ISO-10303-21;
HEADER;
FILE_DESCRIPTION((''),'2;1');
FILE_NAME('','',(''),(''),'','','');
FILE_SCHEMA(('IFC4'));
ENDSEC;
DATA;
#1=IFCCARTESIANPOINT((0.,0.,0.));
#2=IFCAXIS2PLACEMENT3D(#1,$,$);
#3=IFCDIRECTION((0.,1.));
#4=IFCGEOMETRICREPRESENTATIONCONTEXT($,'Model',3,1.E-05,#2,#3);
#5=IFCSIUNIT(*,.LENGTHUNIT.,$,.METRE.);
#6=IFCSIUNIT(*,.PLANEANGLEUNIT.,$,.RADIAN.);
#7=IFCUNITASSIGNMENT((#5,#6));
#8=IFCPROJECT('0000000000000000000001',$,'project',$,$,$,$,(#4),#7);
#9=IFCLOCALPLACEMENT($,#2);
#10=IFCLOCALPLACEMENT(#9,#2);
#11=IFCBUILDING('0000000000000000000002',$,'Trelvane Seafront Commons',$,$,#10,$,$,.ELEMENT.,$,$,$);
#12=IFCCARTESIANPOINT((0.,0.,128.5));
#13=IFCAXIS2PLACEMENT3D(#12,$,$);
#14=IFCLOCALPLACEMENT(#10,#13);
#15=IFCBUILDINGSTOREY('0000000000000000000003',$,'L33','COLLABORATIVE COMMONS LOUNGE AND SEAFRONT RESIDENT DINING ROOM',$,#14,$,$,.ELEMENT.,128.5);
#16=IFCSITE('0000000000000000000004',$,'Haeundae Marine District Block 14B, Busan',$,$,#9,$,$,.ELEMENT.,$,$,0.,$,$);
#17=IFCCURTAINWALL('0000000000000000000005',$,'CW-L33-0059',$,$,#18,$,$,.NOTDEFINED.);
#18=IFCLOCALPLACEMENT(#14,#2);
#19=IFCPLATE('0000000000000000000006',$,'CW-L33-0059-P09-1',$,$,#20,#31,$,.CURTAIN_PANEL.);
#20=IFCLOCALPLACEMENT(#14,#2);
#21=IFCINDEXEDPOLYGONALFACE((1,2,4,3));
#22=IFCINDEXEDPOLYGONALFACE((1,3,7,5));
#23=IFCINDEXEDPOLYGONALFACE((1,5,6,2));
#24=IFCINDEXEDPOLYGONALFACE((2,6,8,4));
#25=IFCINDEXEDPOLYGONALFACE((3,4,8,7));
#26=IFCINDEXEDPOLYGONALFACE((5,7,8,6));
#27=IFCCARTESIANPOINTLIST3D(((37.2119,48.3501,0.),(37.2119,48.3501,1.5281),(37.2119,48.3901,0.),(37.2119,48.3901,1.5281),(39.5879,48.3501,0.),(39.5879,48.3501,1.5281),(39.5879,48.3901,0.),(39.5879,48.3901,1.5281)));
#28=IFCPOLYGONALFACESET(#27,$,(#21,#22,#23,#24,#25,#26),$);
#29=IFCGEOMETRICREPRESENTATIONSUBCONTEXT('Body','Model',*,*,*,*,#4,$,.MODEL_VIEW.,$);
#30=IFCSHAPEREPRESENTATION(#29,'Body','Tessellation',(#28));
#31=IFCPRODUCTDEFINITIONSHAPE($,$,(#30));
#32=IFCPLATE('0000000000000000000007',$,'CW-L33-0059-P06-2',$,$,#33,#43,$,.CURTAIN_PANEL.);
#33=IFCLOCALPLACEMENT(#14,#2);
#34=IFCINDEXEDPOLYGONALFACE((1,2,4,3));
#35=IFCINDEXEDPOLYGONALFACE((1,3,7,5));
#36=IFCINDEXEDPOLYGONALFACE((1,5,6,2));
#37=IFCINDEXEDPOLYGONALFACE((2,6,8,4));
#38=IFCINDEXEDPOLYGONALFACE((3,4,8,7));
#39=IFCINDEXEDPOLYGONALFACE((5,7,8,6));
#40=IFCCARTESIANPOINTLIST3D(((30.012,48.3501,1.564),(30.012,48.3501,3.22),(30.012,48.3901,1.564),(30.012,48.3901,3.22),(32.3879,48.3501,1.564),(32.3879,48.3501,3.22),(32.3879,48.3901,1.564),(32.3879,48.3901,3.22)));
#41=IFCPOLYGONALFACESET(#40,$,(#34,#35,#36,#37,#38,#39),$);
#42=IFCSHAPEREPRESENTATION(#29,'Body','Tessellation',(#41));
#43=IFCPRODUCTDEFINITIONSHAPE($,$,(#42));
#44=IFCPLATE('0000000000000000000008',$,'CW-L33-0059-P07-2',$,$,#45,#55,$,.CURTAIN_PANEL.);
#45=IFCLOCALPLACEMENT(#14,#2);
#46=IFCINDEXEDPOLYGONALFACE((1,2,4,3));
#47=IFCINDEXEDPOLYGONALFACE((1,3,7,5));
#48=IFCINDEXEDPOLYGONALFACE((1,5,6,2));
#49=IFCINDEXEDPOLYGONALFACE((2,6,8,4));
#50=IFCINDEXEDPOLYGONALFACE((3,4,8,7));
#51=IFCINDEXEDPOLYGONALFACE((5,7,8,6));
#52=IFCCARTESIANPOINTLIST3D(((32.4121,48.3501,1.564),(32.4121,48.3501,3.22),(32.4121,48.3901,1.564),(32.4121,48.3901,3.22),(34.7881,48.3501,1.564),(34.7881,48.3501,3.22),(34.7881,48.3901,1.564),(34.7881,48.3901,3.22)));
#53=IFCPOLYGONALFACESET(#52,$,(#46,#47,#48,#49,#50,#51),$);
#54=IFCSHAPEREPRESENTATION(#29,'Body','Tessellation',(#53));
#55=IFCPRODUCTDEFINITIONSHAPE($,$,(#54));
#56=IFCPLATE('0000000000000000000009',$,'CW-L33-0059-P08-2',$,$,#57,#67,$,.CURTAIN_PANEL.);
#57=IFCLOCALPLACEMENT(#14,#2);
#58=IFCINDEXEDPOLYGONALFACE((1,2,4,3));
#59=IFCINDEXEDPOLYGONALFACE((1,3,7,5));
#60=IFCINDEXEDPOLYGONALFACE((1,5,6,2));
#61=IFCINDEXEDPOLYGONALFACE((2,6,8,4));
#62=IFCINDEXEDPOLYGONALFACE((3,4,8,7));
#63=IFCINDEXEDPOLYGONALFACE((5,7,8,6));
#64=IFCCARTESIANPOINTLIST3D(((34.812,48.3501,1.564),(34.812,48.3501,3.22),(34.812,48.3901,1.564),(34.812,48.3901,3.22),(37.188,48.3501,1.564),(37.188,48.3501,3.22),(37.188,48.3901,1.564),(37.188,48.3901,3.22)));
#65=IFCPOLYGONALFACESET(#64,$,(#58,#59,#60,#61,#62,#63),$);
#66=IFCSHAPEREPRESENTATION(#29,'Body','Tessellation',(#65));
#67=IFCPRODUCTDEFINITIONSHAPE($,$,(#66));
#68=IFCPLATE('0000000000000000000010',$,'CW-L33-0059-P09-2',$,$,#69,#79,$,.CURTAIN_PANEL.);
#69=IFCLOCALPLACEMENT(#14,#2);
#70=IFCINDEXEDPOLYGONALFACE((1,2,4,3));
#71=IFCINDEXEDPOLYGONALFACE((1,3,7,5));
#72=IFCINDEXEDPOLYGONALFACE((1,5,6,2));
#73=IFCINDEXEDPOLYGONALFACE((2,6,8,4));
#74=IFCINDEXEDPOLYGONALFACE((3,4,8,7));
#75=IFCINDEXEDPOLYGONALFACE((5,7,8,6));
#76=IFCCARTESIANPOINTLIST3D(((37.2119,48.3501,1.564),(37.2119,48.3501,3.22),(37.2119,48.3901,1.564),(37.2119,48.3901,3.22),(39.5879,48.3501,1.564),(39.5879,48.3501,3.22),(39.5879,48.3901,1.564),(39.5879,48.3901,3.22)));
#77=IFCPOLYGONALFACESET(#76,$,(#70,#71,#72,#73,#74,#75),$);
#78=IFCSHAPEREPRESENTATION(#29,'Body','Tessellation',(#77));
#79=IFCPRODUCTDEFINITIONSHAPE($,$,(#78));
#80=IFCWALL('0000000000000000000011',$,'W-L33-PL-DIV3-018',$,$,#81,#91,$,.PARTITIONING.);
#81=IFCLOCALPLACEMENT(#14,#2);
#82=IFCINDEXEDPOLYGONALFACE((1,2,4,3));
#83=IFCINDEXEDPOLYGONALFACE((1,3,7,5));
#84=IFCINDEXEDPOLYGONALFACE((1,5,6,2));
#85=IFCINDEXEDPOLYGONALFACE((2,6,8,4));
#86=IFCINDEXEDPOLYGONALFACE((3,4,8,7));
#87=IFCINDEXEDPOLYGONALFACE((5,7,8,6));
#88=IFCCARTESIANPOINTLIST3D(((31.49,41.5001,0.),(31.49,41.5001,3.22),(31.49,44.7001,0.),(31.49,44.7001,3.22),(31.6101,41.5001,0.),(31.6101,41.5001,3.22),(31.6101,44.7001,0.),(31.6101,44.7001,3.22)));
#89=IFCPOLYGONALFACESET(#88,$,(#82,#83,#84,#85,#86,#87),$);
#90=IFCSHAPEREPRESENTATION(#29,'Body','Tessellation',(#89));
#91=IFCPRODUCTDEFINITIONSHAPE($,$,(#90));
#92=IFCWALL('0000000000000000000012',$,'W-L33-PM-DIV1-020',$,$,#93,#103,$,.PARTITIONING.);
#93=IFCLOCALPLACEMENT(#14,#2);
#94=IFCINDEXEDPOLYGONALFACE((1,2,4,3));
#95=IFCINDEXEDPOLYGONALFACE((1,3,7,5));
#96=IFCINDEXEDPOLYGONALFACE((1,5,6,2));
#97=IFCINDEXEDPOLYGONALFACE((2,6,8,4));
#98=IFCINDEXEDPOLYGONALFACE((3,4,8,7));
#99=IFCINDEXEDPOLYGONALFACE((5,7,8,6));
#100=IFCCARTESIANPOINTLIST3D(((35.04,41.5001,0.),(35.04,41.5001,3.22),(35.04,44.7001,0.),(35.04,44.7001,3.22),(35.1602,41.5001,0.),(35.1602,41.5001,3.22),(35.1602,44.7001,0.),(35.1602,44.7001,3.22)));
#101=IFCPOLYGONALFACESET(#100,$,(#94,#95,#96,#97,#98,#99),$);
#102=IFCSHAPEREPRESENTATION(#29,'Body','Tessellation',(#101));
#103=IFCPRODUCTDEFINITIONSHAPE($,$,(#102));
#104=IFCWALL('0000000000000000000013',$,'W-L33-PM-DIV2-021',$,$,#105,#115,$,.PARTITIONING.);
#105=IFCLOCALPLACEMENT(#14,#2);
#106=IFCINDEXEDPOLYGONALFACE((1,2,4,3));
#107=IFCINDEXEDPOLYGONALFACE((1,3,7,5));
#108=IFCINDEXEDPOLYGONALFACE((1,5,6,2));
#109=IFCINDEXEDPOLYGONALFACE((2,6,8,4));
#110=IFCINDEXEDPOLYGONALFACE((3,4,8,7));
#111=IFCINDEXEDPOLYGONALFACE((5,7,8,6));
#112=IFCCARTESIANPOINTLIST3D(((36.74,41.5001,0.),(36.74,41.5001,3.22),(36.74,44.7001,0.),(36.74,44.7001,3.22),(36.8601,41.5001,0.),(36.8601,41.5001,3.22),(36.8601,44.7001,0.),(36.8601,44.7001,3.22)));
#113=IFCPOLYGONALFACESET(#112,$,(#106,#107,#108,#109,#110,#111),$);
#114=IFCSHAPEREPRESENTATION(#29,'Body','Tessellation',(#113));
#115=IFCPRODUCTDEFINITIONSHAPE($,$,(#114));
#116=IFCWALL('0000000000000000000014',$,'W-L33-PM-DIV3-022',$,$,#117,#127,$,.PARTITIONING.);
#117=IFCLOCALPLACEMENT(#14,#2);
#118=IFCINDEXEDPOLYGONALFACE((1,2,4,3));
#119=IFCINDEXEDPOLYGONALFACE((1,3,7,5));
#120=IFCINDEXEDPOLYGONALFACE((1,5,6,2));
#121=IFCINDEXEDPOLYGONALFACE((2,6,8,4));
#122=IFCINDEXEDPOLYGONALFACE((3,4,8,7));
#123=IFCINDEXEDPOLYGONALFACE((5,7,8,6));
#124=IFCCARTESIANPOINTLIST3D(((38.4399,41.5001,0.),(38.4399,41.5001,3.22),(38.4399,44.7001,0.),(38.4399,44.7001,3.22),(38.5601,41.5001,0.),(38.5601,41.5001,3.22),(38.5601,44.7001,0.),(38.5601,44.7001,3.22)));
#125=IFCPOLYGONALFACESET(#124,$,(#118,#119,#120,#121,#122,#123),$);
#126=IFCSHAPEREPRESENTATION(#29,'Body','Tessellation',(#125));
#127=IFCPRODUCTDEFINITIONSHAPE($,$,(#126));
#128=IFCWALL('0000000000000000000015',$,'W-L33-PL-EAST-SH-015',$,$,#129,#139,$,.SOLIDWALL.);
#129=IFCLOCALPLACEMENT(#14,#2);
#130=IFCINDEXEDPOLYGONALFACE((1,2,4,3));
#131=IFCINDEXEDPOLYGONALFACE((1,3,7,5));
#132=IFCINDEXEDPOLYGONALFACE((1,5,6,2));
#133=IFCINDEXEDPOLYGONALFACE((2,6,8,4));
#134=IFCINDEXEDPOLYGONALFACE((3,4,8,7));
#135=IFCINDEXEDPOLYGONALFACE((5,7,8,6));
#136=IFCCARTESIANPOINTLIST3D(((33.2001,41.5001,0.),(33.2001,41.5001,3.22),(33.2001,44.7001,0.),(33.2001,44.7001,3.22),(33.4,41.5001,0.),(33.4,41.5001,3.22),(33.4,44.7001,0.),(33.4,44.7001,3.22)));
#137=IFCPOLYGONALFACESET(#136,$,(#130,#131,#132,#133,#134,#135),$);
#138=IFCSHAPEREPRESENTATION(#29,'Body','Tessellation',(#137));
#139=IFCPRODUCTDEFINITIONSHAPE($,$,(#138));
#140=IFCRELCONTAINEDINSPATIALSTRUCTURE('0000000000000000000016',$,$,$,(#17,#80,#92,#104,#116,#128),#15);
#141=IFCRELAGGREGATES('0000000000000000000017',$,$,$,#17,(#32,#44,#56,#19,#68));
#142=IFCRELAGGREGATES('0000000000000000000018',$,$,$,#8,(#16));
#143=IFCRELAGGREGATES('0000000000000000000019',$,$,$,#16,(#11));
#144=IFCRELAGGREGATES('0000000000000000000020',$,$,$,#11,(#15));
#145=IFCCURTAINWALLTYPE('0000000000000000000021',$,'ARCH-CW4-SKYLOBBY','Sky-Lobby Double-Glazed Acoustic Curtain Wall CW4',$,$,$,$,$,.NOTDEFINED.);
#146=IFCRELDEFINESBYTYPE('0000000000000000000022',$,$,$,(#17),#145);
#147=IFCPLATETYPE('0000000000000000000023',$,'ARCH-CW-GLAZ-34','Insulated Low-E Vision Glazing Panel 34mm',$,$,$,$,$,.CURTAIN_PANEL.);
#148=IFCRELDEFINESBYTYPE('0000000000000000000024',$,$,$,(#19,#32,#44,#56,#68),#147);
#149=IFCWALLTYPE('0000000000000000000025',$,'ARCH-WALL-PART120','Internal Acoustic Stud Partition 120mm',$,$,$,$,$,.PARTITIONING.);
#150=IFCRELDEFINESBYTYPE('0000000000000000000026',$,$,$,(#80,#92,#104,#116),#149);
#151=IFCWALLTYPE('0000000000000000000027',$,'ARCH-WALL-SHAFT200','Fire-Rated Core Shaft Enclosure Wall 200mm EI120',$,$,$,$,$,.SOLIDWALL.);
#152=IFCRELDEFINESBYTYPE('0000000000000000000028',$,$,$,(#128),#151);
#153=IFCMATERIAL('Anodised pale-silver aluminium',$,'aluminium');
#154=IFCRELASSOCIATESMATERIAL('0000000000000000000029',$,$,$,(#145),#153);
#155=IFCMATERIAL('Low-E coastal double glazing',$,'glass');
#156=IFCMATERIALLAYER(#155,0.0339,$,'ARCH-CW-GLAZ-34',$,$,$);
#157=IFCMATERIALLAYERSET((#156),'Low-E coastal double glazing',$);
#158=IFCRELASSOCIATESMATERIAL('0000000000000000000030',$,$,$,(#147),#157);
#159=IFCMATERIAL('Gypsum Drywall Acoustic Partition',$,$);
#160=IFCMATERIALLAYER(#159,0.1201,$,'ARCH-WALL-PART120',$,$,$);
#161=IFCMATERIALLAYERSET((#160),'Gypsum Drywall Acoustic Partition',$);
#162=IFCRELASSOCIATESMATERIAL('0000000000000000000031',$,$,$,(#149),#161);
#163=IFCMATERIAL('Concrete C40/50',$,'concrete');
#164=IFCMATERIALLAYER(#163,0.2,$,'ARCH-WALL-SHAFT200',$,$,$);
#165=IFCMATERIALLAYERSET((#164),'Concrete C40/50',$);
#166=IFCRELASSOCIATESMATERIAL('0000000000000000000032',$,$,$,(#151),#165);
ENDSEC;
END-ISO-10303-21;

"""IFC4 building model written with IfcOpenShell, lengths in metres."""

from ifc_helpers import new_model, si_unit, direction, frame, frame_2d, origin, origin_2d, place, context, subcontext, project, spatial, rectangle, extrude, source, transform, mapped, material, layer, layer_set, type_object, element, aggregate, save


model = new_model("IFC4")

# Units and contexts
model_context = context("Model", 3, precision=1e-05, world=origin(), true_north=direction((0.0, 1.0)))
body_context = subcontext(model_context, "Body", "Model", "MODEL_VIEW")
ifc_project = project(units=[si_unit("LENGTHUNIT", "METRE"), si_unit("PLANEANGLEUNIT", "RADIAN")], contexts=[model_context])

# Site, building, storey
site_placement = place(None, origin())
site = spatial("IfcSite", under=ifc_project, at=site_placement, Name="Haeundae Marine District Block 14B, Busan", CompositionType="ELEMENT", RefElevation=0.0)
building_placement = place(site_placement, origin())
building = spatial("IfcBuilding", under=site, at=building_placement, Name="Trelvane Seafront Commons", CompositionType="ELEMENT")
storey_placement = place(building_placement, frame((0.0, 0.0, 128.5)))
storey = spatial("IfcBuildingStorey", under=building, at=storey_placement, Name="L33", Description="COLLABORATIVE COMMONS LOUNGE AND SEAFRONT RESIDENT DINING ROOM", CompositionType="ELEMENT", Elevation=128.5)

# Curtain wall
ifc_material_1 = material(Name="Anodised pale-silver aluminium", Category="aluminium")
curtain_wall_type = type_object("IfcCurtainWallType", Name="ARCH-CW4-SKYLOBBY", Description="Sky-Lobby Double-Glazed Acoustic Curtain Wall CW4", PredefinedType="NOTDEFINED", material=ifc_material_1)
curtain_wall_placement = place(storey_placement, origin())
curtain_wall = element("IfcCurtainWall", 1, at=curtain_wall_placement, inside=storey, type_object=curtain_wall_type, Name="CW-L33-0059", PredefinedType="NOTDEFINED")

# Plates
ifc_material_2 = material(Name="Low-E coastal double glazing", Category="glass")
ifc_layer_1 = layer(ifc_material_2, 0.0339, Name="ARCH-CW-GLAZ-34")
ifc_layer_set_1 = layer_set([ifc_layer_1], Name="Low-E coastal double glazing")
plate_type_1 = type_object("IfcPlateType", Name="ARCH-CW-GLAZ-34", Description="Insulated Low-E Vision Glazing Panel 34mm", PredefinedType="CURTAIN_PANEL", material=ifc_layer_set_1)
shared_shape_1 = source(origin(), body_context, "Body", "SweptSolid", [
    extrude(rectangle(XDim=2.376, YDim=0.04, at=origin_2d()), origin(), (0.0, 0.0, 1.0), 1.5281),
])
plate_1_placement = place(storey_placement, frame((38.3999, 48.3701, 0.0), z_axis=(0.0, 0.0, 1.0), x_axis=(1.0, 0.0, 0.0)))
plate_1 = element("IfcPlate", 2, at=plate_1_placement, type_object=plate_type_1, Name="CW-L33-0059-P09-1", PredefinedType="CURTAIN_PANEL", context=body_context, shape_type="MappedRepresentation", body=[
    mapped(shared_shape_1, transform((0.0, 0.0, 0.0), x_axis=(1.0, 0.0, 0.0), y_axis=(0.0, 1.0, 0.0), z_axis=(0.0, 0.0, 1.0), scale=1.0)),
])
shared_shape_2 = source(origin(), body_context, "Body", "SweptSolid", [
    extrude(rectangle(XDim=2.376, YDim=0.04, at=origin_2d()), origin(), (0.0, 0.0, 1.0), 1.656),
])
plate_2_placement = place(storey_placement, frame((31.2, 48.3701, 1.564), z_axis=(0.0, 0.0, 1.0), x_axis=(1.0, 0.0, 0.0)))
plate_2 = element("IfcPlate", 3, at=plate_2_placement, type_object=plate_type_1, Name="CW-L33-0059-P06-2", PredefinedType="CURTAIN_PANEL", context=body_context, shape_type="MappedRepresentation", body=[
    mapped(shared_shape_2, transform((0.0, 0.0, 0.0), x_axis=(1.0, 0.0, 0.0), y_axis=(0.0, 1.0, 0.0), z_axis=(0.0, 0.0, 1.0), scale=1.0)),
])
plate_3_placement = place(storey_placement, frame((33.6001, 48.3701, 1.564), z_axis=(0.0, 0.0, 1.0), x_axis=(1.0, 0.0, 0.0)))
plate_3 = element("IfcPlate", 4, at=plate_3_placement, type_object=plate_type_1, Name="CW-L33-0059-P07-2", PredefinedType="CURTAIN_PANEL", context=body_context, shape_type="MappedRepresentation", body=[
    mapped(shared_shape_2, transform((0.0, 0.0, 0.0), x_axis=(1.0, 0.0, 0.0), y_axis=(0.0, 1.0, 0.0), z_axis=(0.0, 0.0, 1.0), scale=1.0)),
])
plate_4_placement = place(storey_placement, frame((36.0, 48.3701, 1.564), z_axis=(0.0, 0.0, 1.0), x_axis=(1.0, 0.0, 0.0)))
plate_4 = element("IfcPlate", 5, at=plate_4_placement, type_object=plate_type_1, Name="CW-L33-0059-P08-2", PredefinedType="CURTAIN_PANEL", context=body_context, shape_type="MappedRepresentation", body=[
    mapped(shared_shape_2, transform((0.0, 0.0, 0.0), x_axis=(1.0, 0.0, 0.0), y_axis=(0.0, 1.0, 0.0), z_axis=(0.0, 0.0, 1.0), scale=1.0)),
])
plate_5_placement = place(storey_placement, frame((38.3999, 48.3701, 1.564), z_axis=(0.0, 0.0, 1.0), x_axis=(1.0, 0.0, 0.0)))
plate_5 = element("IfcPlate", 6, at=plate_5_placement, type_object=plate_type_1, Name="CW-L33-0059-P09-2", PredefinedType="CURTAIN_PANEL", context=body_context, shape_type="MappedRepresentation", body=[
    mapped(shared_shape_2, transform((0.0, 0.0, 0.0), x_axis=(1.0, 0.0, 0.0), y_axis=(0.0, 1.0, 0.0), z_axis=(0.0, 0.0, 1.0), scale=1.0)),
])
aggregate(curtain_wall, [plate_2, plate_3, plate_4, plate_1, plate_5])

# Walls
ifc_material_3 = material(Name="Gypsum Drywall Acoustic Partition")
ifc_layer_2 = layer(ifc_material_3, 0.1201, Name="ARCH-WALL-PART120")
ifc_layer_set_2 = layer_set([ifc_layer_2], Name="Gypsum Drywall Acoustic Partition")
wall_type_1 = type_object("IfcWallType", Name="ARCH-WALL-PART120", Description="Internal Acoustic Stud Partition 120mm", PredefinedType="PARTITIONING", material=ifc_layer_set_2)
for number, where, z_axis, x_axis, name in (
    (7, (31.55, 41.5, 0.0), (0.0, 0.0, 1.0), (0.0, 1.0, 0.0), "W-L33-PL-DIV3-018"),
    (8, (35.1001, 41.5, 0.0), (0.0, 0.0, 1.0), (0.0, 1.0, 0.0), "W-L33-PM-DIV1-020"),
    (9, (36.8, 41.5, 0.0), (0.0, 0.0, 1.0), (0.0, 1.0, 0.0), "W-L33-PM-DIV2-021"),
    (10, (38.5, 41.5, 0.0), (0.0, 0.0, 1.0), (0.0, 1.0, 0.0), "W-L33-PM-DIV3-022"),
):
    element("IfcWall", number, at=place(storey_placement, frame(where, z_axis=z_axis, x_axis=x_axis)), inside=storey, type_object=wall_type_1, Name=name, PredefinedType="PARTITIONING", context=body_context, shape_type="SweptSolid", body=[
        extrude(rectangle(XDim=3.2, YDim=0.1201, at=frame_2d((1.6001, 0.0))), origin(), (0.0, 0.0, 1.0), 3.22),
    ])

# Wall
ifc_material_4 = material(Name="Concrete C40/50", Category="concrete")
ifc_layer_3 = layer(ifc_material_4, 0.2, Name="ARCH-WALL-SHAFT200")
ifc_layer_set_3 = layer_set([ifc_layer_3], Name="Concrete C40/50")
wall_type_2 = type_object("IfcWallType", Name="ARCH-WALL-SHAFT200", Description="Fire-Rated Core Shaft Enclosure Wall 200mm EI120", PredefinedType="SOLIDWALL", material=ifc_layer_set_3)
wall_1_placement = place(storey_placement, frame((33.3, 41.5, 0.0), z_axis=(0.0, 0.0, 1.0), x_axis=(0.0, 1.0, 0.0)))
element("IfcWall", 11, at=wall_1_placement, inside=storey, type_object=wall_type_2, Name="W-L33-PL-EAST-SH-015", PredefinedType="SOLIDWALL", context=body_context, shape_type="SweptSolid", body=[
    extrude(rectangle(XDim=3.2, YDim=0.2, at=frame_2d((1.6001, 0.0))), origin(), (0.0, 0.0, 1.0), 3.22),
])

save(model, "model.ifc")
